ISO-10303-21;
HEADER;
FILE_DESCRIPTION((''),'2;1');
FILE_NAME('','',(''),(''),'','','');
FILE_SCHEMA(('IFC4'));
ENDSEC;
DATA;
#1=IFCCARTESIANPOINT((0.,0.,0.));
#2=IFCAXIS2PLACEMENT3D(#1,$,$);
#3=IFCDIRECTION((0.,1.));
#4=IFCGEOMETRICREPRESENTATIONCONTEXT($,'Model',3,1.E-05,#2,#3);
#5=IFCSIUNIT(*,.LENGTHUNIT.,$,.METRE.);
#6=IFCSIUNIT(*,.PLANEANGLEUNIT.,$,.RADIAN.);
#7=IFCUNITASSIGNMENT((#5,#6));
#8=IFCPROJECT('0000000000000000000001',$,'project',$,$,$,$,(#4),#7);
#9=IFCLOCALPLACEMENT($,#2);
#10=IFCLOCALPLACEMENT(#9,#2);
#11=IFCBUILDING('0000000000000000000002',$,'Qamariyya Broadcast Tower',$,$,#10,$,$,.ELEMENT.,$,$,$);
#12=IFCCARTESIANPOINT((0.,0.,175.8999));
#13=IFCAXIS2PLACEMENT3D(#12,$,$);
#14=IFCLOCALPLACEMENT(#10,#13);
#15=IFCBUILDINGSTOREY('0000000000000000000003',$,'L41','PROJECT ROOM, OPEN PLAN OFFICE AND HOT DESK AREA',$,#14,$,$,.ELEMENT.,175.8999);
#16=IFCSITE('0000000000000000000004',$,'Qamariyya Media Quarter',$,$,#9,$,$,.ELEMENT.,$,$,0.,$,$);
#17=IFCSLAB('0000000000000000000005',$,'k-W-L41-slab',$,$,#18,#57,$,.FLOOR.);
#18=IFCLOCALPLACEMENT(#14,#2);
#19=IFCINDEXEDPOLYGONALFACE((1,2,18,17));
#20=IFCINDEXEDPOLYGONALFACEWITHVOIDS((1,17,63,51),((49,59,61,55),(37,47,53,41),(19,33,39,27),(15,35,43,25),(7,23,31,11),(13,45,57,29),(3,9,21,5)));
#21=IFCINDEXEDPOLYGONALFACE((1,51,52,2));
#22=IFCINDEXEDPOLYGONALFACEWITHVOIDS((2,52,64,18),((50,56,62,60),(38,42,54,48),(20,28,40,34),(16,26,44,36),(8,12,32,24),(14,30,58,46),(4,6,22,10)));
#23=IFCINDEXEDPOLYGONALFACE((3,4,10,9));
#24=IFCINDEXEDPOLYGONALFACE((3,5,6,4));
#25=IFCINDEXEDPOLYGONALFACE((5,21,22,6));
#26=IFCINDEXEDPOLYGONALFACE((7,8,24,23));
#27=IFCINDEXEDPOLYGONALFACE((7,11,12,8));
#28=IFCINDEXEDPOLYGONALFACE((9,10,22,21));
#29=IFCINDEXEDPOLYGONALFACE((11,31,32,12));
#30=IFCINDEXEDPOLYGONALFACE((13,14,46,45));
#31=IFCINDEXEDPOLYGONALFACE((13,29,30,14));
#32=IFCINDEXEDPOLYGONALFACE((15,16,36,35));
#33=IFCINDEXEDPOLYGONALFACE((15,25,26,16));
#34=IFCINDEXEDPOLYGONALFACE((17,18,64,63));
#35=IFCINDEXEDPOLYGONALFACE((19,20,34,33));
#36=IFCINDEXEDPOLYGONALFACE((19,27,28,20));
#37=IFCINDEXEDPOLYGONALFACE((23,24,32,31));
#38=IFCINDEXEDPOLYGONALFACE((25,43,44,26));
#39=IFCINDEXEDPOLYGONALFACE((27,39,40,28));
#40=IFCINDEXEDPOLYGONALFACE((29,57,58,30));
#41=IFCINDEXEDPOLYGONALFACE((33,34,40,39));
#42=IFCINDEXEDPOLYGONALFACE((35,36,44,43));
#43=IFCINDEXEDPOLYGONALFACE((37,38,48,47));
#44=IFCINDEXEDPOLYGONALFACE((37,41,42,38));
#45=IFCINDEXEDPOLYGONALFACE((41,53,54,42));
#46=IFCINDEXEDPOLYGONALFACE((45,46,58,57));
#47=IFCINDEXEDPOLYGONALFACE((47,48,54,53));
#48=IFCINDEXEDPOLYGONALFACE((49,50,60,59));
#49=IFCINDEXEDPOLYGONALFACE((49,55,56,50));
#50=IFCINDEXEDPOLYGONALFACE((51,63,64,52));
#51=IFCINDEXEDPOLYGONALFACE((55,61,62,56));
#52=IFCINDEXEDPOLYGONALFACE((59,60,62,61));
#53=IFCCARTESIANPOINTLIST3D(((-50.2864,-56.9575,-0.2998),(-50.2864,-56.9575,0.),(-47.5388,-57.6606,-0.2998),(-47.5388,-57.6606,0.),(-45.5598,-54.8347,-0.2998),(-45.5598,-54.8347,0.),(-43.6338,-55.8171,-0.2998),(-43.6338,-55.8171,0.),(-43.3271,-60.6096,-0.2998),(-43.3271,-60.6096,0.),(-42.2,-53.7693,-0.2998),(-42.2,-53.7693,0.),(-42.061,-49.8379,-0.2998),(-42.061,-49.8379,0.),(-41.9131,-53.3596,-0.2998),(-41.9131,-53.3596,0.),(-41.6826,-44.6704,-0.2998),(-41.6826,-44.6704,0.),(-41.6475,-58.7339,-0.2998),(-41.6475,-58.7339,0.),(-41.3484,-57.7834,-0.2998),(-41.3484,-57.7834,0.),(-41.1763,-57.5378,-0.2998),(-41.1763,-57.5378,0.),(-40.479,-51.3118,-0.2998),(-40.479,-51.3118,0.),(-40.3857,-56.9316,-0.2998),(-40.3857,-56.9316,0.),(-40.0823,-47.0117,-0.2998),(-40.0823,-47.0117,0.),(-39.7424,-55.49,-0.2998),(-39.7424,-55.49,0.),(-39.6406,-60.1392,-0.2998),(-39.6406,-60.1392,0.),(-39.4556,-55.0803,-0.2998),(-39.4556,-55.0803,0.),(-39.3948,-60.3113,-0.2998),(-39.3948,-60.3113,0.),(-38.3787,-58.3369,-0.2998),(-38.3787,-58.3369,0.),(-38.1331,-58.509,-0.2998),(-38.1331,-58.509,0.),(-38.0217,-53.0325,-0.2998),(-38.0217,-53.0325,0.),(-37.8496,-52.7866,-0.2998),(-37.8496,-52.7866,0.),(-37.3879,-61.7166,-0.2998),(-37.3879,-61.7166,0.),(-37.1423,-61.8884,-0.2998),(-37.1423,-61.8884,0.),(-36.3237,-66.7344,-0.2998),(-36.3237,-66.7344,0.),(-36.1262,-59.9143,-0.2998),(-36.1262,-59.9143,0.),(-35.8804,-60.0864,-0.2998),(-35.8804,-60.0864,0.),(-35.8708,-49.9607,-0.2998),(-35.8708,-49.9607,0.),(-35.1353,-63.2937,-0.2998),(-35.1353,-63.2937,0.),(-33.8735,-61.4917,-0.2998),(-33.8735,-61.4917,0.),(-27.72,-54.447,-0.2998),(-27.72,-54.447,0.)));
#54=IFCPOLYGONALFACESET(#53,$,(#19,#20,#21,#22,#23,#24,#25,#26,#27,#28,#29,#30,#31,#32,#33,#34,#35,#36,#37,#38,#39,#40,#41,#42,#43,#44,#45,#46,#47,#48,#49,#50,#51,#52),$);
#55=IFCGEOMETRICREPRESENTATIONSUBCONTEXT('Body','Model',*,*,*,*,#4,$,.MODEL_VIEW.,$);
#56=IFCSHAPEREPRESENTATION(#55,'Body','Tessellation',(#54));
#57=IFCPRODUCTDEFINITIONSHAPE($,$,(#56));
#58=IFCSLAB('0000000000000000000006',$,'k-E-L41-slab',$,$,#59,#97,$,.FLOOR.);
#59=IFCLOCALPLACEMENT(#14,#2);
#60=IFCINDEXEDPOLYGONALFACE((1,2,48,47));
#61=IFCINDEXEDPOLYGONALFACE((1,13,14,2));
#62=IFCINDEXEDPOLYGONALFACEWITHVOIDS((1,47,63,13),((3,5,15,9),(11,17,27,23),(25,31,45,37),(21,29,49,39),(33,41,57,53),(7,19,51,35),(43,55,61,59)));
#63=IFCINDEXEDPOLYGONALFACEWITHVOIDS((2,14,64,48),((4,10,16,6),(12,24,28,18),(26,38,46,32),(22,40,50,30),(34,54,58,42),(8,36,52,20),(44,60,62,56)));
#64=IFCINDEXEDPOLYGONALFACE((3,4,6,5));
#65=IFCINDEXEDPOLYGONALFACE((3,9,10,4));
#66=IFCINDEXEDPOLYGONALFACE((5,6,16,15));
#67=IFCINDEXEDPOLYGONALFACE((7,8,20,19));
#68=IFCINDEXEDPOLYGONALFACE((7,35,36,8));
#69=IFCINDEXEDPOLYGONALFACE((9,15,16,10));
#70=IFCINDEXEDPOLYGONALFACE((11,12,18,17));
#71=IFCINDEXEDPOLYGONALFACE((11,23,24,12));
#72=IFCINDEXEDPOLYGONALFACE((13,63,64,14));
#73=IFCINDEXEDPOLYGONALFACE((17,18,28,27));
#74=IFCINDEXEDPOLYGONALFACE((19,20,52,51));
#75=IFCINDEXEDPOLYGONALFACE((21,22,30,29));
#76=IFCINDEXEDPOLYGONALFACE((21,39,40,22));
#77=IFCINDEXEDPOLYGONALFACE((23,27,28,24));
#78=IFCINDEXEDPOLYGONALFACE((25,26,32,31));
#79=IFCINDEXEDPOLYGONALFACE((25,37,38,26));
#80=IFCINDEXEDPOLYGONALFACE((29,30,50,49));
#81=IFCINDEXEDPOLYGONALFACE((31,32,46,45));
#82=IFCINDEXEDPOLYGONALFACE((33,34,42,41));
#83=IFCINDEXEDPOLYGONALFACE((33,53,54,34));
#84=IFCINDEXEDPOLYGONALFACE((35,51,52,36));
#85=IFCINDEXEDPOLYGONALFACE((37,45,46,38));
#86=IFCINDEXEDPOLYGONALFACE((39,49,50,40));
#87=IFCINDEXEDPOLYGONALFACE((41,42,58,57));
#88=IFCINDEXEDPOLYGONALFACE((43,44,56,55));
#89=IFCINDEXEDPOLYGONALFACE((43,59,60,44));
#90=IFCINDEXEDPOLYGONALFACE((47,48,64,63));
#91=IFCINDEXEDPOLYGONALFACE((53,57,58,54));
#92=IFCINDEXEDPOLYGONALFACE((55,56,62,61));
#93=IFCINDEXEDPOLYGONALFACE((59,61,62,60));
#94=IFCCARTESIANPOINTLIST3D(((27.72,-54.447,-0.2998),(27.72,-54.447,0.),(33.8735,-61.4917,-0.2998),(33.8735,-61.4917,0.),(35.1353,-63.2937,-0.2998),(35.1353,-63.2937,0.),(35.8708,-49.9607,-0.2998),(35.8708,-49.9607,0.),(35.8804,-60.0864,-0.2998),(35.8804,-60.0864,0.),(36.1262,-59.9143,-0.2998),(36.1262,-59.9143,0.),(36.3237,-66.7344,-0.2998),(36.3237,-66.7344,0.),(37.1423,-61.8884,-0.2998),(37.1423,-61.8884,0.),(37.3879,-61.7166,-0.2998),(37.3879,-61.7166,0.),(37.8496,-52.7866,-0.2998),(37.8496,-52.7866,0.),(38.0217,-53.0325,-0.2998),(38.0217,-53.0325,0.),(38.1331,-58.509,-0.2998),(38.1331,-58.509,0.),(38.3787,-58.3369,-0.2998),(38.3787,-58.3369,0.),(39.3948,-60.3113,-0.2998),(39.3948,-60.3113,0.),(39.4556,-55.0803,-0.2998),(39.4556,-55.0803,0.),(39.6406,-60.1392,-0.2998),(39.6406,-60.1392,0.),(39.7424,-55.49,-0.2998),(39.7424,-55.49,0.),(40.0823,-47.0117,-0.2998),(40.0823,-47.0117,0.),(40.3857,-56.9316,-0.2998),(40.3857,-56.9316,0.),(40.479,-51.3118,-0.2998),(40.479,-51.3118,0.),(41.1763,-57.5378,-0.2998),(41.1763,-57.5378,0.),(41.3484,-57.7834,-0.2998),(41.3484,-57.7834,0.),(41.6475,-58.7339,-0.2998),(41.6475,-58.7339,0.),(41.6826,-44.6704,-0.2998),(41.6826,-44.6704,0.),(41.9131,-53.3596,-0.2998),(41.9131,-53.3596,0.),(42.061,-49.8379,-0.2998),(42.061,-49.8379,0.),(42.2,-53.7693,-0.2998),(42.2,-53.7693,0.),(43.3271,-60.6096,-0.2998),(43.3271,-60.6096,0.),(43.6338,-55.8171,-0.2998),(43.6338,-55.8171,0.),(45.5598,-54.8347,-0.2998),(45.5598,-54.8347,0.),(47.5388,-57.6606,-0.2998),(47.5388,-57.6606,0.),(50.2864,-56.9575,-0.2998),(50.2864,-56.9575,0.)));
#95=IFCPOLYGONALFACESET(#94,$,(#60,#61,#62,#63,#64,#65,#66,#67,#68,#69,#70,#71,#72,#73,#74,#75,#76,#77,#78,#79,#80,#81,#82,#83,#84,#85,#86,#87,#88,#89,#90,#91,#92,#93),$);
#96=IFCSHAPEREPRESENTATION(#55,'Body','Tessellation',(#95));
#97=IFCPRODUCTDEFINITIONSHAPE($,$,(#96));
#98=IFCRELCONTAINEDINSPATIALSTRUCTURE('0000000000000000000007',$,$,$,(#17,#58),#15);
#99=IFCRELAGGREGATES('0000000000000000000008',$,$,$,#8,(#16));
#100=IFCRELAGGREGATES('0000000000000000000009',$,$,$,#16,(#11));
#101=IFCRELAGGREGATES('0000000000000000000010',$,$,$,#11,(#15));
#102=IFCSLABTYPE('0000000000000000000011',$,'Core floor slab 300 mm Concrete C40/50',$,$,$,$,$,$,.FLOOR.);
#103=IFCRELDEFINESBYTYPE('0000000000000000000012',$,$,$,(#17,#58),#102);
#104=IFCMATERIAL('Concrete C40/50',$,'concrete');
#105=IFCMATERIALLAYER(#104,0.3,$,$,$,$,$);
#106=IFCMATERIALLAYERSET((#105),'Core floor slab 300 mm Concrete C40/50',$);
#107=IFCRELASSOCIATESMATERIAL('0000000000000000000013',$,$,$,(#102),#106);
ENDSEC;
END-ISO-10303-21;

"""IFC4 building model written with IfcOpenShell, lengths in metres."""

from ifc_helpers import new_model, si_unit, direction, frame, origin, place, context, subcontext, project, spatial, polyline, outline, extrude, material, layer, layer_set, type_object, element, save


model = new_model("IFC4")

# Units and contexts
model_context = context("Model", 3, precision=1e-05, world=origin(), true_north=direction((0.0, 1.0)))
body_context = subcontext(model_context, "Body", "Model", "MODEL_VIEW")
ifc_project = project(units=[si_unit("LENGTHUNIT", "METRE"), si_unit("PLANEANGLEUNIT", "RADIAN")], contexts=[model_context])

# Site, building, storey
site_placement = place(None, origin())
building_placement = place(site_placement, origin())
storey_placement = place(building_placement, frame((0.0, 0.0, 175.8999)))
site = spatial("IfcSite", under=ifc_project, at=site_placement, Name="Qamariyya Media Quarter", CompositionType="ELEMENT", RefElevation=0.0)
building = spatial("IfcBuilding", under=site, at=building_placement, Name="Qamariyya Broadcast Tower", CompositionType="ELEMENT")
storey = spatial("IfcBuildingStorey", under=building, at=storey_placement, Name="L41", Description="PROJECT ROOM, OPEN PLAN OFFICE AND HOT DESK AREA", CompositionType="ELEMENT", Elevation=175.8999)

# Slabs
ifc_material_1 = material(Name="Concrete C40/50", Category="concrete")
ifc_layer_1 = layer(ifc_material_1, 0.3)
ifc_layer_set_1 = layer_set([ifc_layer_1], Name="Core floor slab 300 mm Concrete C40/50")
slab_type_1 = type_object("IfcSlabType", Name="Core floor slab 300 mm Concrete C40/50", PredefinedType="FLOOR", material=ifc_layer_set_1)
slab_1_placement = place(storey_placement, frame((0.0, 0.0, -0.2998)))
element("IfcSlab", 1, at=slab_1_placement, inside=storey, type_object=slab_type_1, Name="k-W-L41-slab", PredefinedType="FLOOR", context=body_context, shape_type="SweptSolid", body=[
    extrude(outline(polyline([(-50.2864, -56.9575), (-36.3237, -66.7344), (-27.72, -54.447), (-41.6826, -44.6704), (-50.2864, -56.9575)]), holes=[polyline([(-33.8735, -61.4917), (-35.8804, -60.0864), (-37.1423, -61.8884), (-35.1353, -63.2937), (-33.8735, -61.4917)]), polyline([(-36.1262, -59.9143), (-38.1331, -58.509), (-39.3948, -60.3113), (-37.3879, -61.7166), (-36.1262, -59.9143)]), polyline([(-38.3787, -58.3369), (-40.3857, -56.9316), (-41.6475, -58.7339), (-39.6406, -60.1392), (-38.3787, -58.3369)]), polyline([(-39.7424, -55.49), (-42.2, -53.7693), (-43.6338, -55.8171), (-41.1763, -57.5378), (-39.7424, -55.49)]), polyline([(-39.4556, -55.0803), (-41.9131, -53.3596), (-40.479, -51.3118), (-38.0217, -53.0325), (-39.4556, -55.0803)]), polyline([(-42.061, -49.8379), (-37.8496, -52.7866), (-35.8708, -49.9607), (-40.0823, -47.0117), (-42.061, -49.8379)]), polyline([(-47.5388, -57.6606), (-43.3271, -60.6096), (-41.3484, -57.7834), (-45.5598, -54.8347), (-47.5388, -57.6606)])]), origin(), (0.0, 0.0, 1.0), 0.2998),
])
slab_2_placement = place(storey_placement, frame((0.0, 0.0, -0.2998)))
element("IfcSlab", 2, at=slab_2_placement, inside=storey, type_object=slab_type_1, Name="k-E-L41-slab", PredefinedType="FLOOR", context=body_context, shape_type="SweptSolid", body=[
    extrude(outline(polyline([(36.3237, -66.7344), (50.2864, -56.9575), (41.6826, -44.6704), (27.72, -54.447), (36.3237, -66.7344)]), holes=[polyline([(33.8735, -61.4917), (35.8804, -60.0864), (37.1423, -61.8884), (35.1353, -63.2937), (33.8735, -61.4917)]), polyline([(36.1262, -59.9143), (38.1331, -58.509), (39.3948, -60.3113), (37.3879, -61.7166), (36.1262, -59.9143)]), polyline([(38.3787, -58.3369), (40.3857, -56.9316), (41.6475, -58.7339), (39.6406, -60.1392), (38.3787, -58.3369)]), polyline([(39.7424, -55.49), (42.2, -53.7693), (43.6338, -55.8171), (41.1763, -57.5378), (39.7424, -55.49)]), polyline([(39.4556, -55.0803), (41.9131, -53.3596), (40.479, -51.3118), (38.0217, -53.0325), (39.4556, -55.0803)]), polyline([(40.0823, -47.0117), (35.8708, -49.9607), (37.8496, -52.7866), (42.061, -49.8379), (40.0823, -47.0117)]), polyline([(45.5598, -54.8347), (41.3484, -57.7834), (43.3271, -60.6096), (47.5388, -57.6606), (45.5598, -54.8347)])]), origin(), (0.0, 0.0, 1.0), 0.2998),
])

save(model, "model.ifc")
